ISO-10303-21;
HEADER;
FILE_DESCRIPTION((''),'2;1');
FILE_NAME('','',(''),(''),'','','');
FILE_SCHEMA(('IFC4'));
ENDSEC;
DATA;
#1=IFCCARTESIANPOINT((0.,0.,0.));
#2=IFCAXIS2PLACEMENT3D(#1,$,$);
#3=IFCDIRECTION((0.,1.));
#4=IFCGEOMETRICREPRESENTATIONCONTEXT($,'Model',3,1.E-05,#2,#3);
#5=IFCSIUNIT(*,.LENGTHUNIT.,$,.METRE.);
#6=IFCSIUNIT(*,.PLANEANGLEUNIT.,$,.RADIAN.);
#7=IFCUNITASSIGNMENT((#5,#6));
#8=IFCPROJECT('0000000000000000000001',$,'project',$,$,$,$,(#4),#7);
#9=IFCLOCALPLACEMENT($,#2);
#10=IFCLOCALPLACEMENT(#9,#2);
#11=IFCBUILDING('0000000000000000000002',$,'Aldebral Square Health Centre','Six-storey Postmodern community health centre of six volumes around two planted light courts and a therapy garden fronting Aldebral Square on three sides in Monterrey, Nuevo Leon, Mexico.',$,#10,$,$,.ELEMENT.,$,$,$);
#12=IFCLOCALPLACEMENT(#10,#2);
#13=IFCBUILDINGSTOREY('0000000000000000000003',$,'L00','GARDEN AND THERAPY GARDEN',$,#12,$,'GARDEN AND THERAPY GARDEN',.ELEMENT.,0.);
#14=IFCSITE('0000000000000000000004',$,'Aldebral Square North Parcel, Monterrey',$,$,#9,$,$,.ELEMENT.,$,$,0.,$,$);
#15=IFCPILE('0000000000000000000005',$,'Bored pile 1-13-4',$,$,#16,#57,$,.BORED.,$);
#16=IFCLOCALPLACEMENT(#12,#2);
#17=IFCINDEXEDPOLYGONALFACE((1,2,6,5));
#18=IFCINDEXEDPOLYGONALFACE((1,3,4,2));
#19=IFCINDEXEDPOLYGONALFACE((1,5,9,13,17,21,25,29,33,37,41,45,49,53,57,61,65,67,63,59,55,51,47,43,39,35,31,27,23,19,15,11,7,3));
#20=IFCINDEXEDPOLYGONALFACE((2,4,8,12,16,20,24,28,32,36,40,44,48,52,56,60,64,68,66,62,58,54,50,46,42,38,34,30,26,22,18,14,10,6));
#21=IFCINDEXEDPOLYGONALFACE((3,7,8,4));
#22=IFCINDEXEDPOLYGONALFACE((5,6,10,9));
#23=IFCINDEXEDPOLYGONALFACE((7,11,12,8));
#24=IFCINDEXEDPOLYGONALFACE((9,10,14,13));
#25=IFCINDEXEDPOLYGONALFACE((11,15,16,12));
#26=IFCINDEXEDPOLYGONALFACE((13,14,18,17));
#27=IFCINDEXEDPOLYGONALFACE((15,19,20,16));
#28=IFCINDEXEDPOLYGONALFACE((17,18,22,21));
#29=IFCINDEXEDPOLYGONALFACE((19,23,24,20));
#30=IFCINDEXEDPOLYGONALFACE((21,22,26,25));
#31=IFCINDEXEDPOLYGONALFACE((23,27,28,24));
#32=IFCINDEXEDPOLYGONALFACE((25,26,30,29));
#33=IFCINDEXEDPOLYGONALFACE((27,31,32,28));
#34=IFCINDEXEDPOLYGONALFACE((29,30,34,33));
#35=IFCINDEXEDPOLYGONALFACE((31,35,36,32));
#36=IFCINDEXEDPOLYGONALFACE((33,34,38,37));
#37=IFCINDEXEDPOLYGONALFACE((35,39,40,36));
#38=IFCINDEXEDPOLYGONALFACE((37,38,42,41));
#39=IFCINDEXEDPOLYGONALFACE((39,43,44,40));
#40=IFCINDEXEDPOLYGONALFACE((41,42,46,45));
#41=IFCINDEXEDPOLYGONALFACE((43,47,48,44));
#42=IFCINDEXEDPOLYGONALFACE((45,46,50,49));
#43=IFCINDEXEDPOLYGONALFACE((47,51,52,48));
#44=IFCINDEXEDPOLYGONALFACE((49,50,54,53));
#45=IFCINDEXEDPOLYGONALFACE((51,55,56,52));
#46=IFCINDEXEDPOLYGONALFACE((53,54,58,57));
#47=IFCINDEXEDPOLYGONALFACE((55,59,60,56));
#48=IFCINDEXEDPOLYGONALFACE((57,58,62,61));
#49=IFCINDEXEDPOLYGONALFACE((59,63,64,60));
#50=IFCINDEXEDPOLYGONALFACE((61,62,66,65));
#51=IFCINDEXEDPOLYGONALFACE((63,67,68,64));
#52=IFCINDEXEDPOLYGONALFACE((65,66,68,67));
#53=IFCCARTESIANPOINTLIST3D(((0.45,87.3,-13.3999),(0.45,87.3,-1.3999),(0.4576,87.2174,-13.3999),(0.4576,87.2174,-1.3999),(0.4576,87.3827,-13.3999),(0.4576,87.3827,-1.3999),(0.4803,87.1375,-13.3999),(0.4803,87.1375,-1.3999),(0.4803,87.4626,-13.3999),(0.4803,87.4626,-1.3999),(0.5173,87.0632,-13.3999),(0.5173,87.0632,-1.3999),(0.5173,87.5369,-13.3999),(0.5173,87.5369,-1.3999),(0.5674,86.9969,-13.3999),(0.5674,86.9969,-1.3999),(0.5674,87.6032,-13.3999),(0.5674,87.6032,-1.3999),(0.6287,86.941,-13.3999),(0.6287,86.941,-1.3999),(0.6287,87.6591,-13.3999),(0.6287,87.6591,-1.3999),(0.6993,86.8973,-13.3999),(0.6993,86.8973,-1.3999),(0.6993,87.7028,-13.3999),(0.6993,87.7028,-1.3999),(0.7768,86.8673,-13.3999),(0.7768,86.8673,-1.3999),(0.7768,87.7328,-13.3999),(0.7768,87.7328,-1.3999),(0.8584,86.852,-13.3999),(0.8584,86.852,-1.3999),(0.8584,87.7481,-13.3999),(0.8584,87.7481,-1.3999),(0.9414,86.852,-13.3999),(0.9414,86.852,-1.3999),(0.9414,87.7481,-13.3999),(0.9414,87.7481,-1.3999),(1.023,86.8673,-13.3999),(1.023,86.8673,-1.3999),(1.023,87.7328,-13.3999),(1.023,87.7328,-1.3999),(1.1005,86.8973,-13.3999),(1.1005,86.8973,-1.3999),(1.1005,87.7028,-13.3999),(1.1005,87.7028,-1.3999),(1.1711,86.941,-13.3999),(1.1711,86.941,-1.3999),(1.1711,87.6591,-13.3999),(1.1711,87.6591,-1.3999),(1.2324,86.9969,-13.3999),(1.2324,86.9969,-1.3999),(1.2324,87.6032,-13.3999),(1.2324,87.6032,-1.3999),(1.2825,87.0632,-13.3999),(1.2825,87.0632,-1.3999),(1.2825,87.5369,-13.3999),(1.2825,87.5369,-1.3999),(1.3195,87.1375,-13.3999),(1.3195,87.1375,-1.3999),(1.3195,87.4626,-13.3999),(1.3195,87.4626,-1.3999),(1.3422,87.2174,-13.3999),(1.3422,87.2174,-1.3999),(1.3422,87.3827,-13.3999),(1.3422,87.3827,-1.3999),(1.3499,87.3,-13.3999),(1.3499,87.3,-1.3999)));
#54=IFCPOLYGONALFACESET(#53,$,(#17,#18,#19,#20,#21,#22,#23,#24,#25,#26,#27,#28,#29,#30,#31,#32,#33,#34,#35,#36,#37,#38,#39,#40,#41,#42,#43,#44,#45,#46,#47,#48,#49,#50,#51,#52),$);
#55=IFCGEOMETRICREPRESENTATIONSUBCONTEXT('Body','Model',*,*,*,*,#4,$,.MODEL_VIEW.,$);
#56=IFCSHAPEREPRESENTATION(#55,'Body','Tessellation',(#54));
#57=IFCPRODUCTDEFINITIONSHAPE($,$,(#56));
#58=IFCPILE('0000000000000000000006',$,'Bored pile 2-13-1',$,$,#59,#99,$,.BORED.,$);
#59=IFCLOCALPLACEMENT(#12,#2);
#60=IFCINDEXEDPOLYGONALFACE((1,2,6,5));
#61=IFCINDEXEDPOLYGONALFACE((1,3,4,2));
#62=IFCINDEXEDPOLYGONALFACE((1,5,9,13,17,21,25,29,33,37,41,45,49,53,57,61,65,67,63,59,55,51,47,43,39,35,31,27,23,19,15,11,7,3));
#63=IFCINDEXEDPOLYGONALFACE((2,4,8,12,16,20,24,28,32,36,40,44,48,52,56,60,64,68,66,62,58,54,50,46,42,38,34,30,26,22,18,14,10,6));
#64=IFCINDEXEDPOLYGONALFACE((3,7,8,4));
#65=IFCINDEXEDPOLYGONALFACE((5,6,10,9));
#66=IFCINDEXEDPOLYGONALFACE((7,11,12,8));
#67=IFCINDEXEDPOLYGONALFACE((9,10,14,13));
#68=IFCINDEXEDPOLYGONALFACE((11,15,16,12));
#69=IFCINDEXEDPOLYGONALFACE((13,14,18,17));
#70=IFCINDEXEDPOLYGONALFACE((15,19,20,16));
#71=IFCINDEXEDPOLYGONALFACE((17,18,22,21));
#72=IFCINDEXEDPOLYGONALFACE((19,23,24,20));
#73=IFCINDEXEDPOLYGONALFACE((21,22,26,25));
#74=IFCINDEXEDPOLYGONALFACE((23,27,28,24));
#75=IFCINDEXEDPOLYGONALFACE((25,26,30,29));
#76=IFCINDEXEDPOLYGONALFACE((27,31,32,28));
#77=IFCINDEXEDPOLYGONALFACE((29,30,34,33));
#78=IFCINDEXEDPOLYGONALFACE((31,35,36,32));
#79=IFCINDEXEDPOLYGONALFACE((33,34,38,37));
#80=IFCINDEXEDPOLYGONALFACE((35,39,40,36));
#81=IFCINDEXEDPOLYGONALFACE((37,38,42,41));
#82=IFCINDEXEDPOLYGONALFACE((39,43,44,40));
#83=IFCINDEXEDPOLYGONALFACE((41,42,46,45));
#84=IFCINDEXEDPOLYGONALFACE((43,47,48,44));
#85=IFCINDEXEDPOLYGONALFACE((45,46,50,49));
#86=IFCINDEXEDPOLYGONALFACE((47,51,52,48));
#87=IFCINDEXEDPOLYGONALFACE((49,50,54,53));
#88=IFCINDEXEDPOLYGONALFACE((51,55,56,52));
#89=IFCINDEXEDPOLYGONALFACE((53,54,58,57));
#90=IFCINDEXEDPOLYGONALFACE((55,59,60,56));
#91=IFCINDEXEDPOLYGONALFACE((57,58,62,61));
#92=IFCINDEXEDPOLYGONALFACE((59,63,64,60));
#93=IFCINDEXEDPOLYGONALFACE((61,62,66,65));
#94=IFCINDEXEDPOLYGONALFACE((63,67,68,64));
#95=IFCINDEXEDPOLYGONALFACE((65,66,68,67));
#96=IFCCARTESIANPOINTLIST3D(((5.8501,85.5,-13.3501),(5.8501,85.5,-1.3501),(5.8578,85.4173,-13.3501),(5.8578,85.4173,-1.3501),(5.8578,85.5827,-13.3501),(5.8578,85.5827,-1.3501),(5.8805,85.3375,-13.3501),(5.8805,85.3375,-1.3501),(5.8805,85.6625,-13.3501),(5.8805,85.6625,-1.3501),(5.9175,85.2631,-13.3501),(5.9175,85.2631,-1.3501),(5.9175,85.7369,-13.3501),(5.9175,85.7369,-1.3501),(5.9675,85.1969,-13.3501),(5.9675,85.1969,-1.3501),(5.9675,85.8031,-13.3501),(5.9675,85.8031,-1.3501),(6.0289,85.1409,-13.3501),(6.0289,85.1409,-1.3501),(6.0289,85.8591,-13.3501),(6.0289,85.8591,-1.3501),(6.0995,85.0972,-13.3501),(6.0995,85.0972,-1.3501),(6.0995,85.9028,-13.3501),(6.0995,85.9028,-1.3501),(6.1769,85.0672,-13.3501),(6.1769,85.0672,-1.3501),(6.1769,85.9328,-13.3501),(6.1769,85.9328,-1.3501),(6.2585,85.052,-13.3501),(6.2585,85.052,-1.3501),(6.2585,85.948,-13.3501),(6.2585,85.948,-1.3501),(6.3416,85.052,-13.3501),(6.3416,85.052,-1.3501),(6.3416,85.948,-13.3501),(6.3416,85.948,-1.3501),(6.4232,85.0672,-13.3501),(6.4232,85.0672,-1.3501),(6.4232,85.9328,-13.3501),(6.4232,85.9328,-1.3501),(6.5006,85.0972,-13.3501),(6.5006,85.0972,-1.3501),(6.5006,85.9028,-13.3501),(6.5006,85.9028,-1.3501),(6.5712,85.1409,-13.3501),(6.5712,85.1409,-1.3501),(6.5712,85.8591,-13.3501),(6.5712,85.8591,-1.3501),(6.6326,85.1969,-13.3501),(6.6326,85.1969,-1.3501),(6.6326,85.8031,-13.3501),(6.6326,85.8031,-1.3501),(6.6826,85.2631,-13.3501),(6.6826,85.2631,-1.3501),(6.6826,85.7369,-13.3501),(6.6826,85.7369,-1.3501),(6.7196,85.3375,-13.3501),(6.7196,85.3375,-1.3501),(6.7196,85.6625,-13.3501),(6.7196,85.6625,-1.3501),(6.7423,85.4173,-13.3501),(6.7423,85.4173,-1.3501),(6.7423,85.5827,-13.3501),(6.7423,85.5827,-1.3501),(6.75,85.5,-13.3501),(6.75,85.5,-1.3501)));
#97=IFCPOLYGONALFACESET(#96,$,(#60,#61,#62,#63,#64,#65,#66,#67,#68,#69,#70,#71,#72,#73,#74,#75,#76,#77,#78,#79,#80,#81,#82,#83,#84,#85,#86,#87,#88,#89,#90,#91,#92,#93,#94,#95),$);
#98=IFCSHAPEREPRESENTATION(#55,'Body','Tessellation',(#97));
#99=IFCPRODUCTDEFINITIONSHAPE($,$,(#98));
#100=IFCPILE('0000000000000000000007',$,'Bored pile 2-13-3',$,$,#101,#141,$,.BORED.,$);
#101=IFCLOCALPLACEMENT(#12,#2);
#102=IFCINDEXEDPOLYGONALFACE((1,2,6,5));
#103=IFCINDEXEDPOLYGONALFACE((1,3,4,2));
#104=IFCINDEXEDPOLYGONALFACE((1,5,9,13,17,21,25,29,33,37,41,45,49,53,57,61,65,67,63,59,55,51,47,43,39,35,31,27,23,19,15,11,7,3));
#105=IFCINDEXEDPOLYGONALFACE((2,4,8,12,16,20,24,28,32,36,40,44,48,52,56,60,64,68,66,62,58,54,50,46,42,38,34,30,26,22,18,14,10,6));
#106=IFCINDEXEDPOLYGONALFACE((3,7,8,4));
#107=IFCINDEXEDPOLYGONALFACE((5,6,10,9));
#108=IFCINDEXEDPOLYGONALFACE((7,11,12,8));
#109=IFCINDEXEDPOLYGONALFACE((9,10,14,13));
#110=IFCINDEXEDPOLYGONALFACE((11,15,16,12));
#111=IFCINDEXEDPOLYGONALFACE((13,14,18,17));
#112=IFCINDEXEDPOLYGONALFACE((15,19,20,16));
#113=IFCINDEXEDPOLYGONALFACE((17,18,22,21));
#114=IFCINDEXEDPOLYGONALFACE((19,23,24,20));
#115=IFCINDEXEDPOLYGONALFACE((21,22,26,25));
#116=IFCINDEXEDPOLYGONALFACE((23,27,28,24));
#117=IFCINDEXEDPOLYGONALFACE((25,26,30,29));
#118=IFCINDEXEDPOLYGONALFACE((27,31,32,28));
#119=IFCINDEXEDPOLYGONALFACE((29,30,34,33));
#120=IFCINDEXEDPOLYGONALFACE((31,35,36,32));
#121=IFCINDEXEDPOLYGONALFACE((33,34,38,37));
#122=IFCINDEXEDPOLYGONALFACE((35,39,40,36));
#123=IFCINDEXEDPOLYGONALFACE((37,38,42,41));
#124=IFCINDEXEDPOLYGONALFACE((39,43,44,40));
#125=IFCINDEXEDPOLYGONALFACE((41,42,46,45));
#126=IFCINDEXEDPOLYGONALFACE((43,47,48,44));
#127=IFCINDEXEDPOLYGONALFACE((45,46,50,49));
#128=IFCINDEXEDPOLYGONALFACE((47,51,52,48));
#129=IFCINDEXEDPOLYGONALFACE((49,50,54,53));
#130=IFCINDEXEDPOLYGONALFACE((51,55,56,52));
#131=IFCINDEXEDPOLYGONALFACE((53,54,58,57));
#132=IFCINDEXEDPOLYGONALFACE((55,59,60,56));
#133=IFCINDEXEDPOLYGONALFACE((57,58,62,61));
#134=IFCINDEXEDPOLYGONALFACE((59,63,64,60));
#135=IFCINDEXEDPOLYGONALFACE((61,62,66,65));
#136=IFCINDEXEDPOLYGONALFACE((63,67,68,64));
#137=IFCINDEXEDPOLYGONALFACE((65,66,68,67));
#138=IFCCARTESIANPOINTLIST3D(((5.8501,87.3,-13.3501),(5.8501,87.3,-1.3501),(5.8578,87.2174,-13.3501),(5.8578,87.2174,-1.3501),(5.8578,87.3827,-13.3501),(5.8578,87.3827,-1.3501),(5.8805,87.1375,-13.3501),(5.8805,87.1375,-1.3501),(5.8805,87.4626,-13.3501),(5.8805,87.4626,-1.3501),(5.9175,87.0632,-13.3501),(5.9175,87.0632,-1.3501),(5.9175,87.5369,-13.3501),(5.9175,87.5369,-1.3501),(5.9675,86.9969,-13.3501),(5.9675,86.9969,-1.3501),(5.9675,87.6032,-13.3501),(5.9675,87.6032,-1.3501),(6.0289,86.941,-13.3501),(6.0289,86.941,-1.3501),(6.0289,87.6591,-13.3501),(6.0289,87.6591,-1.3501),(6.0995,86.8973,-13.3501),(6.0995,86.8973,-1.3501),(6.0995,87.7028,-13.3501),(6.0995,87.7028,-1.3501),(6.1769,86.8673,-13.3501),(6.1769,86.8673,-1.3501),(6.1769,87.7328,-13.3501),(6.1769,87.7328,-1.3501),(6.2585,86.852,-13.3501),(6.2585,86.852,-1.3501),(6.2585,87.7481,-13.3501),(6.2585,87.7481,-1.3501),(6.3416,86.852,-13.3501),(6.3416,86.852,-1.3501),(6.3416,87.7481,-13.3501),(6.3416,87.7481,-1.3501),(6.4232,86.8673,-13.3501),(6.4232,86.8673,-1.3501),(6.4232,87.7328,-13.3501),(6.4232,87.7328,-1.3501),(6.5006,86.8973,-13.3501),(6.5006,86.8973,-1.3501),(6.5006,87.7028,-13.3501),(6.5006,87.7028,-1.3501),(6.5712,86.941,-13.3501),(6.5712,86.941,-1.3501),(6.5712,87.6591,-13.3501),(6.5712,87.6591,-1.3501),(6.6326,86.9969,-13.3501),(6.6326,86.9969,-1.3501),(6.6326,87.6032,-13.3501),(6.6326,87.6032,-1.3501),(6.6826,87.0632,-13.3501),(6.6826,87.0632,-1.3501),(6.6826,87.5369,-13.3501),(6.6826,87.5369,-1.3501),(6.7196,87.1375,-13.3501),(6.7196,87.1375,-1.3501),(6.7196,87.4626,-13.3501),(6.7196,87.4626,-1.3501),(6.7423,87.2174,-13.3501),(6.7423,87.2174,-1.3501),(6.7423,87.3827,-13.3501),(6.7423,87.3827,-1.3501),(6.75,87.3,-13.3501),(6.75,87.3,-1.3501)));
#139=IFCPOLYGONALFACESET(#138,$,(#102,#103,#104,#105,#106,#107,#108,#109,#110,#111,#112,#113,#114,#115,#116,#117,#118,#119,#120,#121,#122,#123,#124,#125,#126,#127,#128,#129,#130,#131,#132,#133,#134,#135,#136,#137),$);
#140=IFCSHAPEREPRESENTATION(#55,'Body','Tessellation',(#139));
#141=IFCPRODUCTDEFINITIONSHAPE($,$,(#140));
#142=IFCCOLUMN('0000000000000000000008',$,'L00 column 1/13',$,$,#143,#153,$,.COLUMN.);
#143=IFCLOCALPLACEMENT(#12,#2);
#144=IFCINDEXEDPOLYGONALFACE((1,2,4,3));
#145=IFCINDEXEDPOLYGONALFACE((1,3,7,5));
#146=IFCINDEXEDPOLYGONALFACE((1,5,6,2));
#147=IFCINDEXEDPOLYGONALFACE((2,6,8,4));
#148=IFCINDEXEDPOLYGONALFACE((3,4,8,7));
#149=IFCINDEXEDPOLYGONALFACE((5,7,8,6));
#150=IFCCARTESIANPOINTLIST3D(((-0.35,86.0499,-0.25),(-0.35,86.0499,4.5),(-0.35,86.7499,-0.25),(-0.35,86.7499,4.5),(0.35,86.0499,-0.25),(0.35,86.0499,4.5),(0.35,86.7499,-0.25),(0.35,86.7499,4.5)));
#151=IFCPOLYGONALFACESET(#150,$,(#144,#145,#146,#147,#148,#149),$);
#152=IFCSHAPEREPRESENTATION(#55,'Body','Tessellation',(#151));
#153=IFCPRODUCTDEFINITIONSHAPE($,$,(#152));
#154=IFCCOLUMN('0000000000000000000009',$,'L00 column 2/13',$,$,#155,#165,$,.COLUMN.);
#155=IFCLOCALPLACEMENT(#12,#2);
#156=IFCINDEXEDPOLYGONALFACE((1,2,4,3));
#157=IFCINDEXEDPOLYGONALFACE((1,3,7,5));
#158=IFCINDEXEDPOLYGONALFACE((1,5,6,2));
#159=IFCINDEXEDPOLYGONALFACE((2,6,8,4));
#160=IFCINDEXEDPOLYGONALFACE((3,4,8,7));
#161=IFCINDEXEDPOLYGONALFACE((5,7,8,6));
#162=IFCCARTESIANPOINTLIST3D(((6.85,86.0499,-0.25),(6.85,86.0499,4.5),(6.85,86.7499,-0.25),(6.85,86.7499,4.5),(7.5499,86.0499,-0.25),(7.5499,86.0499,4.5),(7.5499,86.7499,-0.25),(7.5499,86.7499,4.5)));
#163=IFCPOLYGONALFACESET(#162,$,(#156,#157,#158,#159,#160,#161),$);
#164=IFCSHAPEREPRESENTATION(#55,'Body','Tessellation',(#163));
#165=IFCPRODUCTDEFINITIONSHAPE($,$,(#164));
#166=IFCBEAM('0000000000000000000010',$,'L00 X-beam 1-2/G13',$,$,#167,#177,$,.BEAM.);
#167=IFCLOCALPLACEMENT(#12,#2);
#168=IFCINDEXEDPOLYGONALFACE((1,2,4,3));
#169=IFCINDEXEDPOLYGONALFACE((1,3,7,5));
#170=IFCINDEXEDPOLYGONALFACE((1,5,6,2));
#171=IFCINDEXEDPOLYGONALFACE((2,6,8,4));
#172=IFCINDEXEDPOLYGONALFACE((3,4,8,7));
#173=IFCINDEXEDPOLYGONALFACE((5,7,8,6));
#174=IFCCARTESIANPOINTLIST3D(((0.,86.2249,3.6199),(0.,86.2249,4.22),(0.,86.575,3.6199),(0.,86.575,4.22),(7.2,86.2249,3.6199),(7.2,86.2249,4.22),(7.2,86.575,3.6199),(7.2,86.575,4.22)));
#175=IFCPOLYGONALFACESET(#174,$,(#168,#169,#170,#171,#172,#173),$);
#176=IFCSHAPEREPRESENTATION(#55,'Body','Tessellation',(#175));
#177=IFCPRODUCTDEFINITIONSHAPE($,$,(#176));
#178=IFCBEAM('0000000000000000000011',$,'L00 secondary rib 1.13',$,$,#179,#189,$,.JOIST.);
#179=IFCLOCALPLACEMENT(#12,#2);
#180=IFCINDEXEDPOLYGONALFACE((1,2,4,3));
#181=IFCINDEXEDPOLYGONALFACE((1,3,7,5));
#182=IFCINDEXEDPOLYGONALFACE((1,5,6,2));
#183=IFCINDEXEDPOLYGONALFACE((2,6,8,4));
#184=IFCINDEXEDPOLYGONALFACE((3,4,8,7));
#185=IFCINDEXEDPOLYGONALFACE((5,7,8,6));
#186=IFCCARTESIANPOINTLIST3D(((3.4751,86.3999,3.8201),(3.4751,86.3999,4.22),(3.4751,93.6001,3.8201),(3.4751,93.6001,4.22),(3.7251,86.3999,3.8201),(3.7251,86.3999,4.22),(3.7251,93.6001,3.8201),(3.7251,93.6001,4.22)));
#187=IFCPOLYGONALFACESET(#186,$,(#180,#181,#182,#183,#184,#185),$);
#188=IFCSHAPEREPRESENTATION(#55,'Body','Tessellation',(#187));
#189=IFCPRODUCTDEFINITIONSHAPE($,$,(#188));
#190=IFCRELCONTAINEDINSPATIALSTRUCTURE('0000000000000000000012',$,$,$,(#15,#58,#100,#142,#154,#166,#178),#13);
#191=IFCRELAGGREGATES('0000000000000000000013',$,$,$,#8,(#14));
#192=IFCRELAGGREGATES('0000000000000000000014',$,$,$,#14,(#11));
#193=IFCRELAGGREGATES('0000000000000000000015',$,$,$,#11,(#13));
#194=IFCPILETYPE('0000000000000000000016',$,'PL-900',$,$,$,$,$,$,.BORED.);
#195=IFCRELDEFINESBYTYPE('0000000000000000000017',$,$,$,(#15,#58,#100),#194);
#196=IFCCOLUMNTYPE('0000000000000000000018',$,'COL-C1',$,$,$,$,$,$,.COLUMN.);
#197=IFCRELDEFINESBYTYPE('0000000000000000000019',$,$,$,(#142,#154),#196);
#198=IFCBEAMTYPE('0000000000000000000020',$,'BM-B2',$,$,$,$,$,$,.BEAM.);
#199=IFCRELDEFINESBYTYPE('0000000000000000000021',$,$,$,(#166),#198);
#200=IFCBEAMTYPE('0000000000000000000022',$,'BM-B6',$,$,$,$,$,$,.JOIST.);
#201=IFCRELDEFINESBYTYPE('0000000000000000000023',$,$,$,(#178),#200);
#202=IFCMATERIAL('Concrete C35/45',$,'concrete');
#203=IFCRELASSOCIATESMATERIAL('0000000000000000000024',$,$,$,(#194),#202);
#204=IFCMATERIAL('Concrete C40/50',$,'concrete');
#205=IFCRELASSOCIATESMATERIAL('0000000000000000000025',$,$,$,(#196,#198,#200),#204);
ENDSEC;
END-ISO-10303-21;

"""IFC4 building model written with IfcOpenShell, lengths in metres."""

from ifc_helpers import new_model, si_unit, direction, frame, origin, origin_2d, place, context, subcontext, project, spatial, rectangle, circle, extrude, material, material_profile, profile_set, type_object, element, save


model = new_model("IFC4")

# Units and contexts
model_context = context("Model", 3, precision=1e-05, world=origin(), true_north=direction((0.0, 1.0)))
body_context = subcontext(model_context, "Body", "Model", "MODEL_VIEW")
ifc_project = project(units=[si_unit("LENGTHUNIT", "METRE"), si_unit("PLANEANGLEUNIT", "RADIAN")], contexts=[model_context])

# Site, building, storey
site_placement = place(None, origin())
site = spatial("IfcSite", under=ifc_project, at=site_placement, Name="Aldebral Square North Parcel, Monterrey", CompositionType="ELEMENT", RefElevation=0.0)
building_placement = place(site_placement, origin())
building = spatial("IfcBuilding", under=site, at=building_placement, Name="Aldebral Square Health Centre", Description="Six-storey Postmodern community health centre of six volumes around two planted light courts and a therapy garden fronting Aldebral Square on three sides in Monterrey, Nuevo Leon, Mexico.", CompositionType="ELEMENT")
storey_placement = place(building_placement, origin())
storey = spatial("IfcBuildingStorey", under=building, at=storey_placement, Name="L00", Description="GARDEN AND THERAPY GARDEN", LongName="GARDEN AND THERAPY GARDEN", CompositionType="ELEMENT", Elevation=0.0)

# Shared definitions
ifc_material_1 = material(Name="Concrete C35/45", Category="concrete")

# Piles
ifc_material_profile_1 = material_profile(ifc_material_1, circle(Radius=0.45, at=origin_2d()), Name="PILE D900")
ifc_profile_set_1 = profile_set([ifc_material_profile_1], Name="Concrete C35/45")
pile_type = type_object("IfcPileType", Name="PL-900", PredefinedType="BORED", material=ifc_profile_set_1)
for number, where, z_axis, x_axis, name in (
    (1, (0.8999, 87.3, -1.3999), (0.0, 0.0, -1.0), (1.0, 0.0, 0.0), "Bored pile 1-13-4"),
    (2, (6.3, 85.5, -1.3501), (0.0, 0.0, -1.0), (1.0, 0.0, 0.0), "Bored pile 2-13-1"),
    (3, (6.3, 87.3, -1.3501), (0.0, 0.0, -1.0), (1.0, 0.0, 0.0), "Bored pile 2-13-3"),
):
    element("IfcPile", number, at=place(storey_placement, frame(where, z_axis=z_axis, x_axis=x_axis)), inside=storey, type_object=pile_type, Name=name, PredefinedType="BORED", context=body_context, shape_type="SweptSolid", body=[
        extrude(circle(Radius=0.45, at=origin_2d()), origin(), (0.0, 0.0, 1.0), 12.0),
    ])

# Columns
ifc_material_2 = material(Name="Concrete C40/50", Category="concrete")
ifc_material_profile_2 = material_profile(ifc_material_2, rectangle(XDim=0.7, YDim=0.7, at=origin_2d()), Name="RC 700x700")
ifc_profile_set_2 = profile_set([ifc_material_profile_2], Name="Concrete C40/50")
column_type = type_object("IfcColumnType", Name="COL-C1", PredefinedType="COLUMN", material=ifc_profile_set_2)
for number, where, z_axis, x_axis, name in (
    (4, (0.0, 86.3999, -0.25), (0.0, 0.0, 1.0), (1.0, 0.0, 0.0), "L00 column 1/13"),
    (5, (7.2, 86.3999, -0.25), (0.0, 0.0, 1.0), (1.0, 0.0, 0.0), "L00 column 2/13"),
):
    element("IfcColumn", number, at=place(storey_placement, frame(where, z_axis=z_axis, x_axis=x_axis)), inside=storey, type_object=column_type, Name=name, PredefinedType="COLUMN", context=body_context, shape_type="SweptSolid", body=[
        extrude(rectangle(XDim=0.7, YDim=0.7, at=origin_2d()), origin(), (0.0, 0.0, 1.0), 4.75),
    ])

# Beams
ifc_material_profile_3 = material_profile(ifc_material_2, rectangle(XDim=0.3501, YDim=0.6001, at=origin_2d()), Name="RC 350x600")
ifc_profile_set_3 = profile_set([ifc_material_profile_3], Name="Concrete C40/50")
beam_type_1 = type_object("IfcBeamType", Name="BM-B2", PredefinedType="BEAM", material=ifc_profile_set_3)
beam_1_placement = place(storey_placement, frame((0.0, 86.3999, 3.9199), z_axis=(1.0, 0.0, 0.0), x_axis=(0.0, 1.0, 0.0)))
element("IfcBeam", 6, at=beam_1_placement, inside=storey, type_object=beam_type_1, Name="L00 X-beam 1-2/G13", PredefinedType="BEAM", context=body_context, shape_type="SweptSolid", body=[
    extrude(rectangle(XDim=0.3501, YDim=0.6001, at=origin_2d()), origin(), (0.0, 0.0, 1.0), 7.2),
])
ifc_material_profile_4 = material_profile(ifc_material_2, rectangle(XDim=0.25, YDim=0.3999, at=origin_2d()), Name="RC 250x400")
ifc_profile_set_4 = profile_set([ifc_material_profile_4], Name="Concrete C40/50")
beam_type_2 = type_object("IfcBeamType", Name="BM-B6", PredefinedType="JOIST", material=ifc_profile_set_4)
beam_2_placement = place(storey_placement, frame((3.6001, 86.3999, 4.02), z_axis=(0.0, 1.0, 0.0), x_axis=(-1.0, 0.0, 0.0)))
element("IfcBeam", 7, at=beam_2_placement, inside=storey, type_object=beam_type_2, Name="L00 secondary rib 1.13", PredefinedType="JOIST", context=body_context, shape_type="SweptSolid", body=[
    extrude(rectangle(XDim=0.25, YDim=0.3999, at=origin_2d()), origin(), (0.0, 0.0, 1.0), 7.2002),
])

save(model, "model.ifc")
